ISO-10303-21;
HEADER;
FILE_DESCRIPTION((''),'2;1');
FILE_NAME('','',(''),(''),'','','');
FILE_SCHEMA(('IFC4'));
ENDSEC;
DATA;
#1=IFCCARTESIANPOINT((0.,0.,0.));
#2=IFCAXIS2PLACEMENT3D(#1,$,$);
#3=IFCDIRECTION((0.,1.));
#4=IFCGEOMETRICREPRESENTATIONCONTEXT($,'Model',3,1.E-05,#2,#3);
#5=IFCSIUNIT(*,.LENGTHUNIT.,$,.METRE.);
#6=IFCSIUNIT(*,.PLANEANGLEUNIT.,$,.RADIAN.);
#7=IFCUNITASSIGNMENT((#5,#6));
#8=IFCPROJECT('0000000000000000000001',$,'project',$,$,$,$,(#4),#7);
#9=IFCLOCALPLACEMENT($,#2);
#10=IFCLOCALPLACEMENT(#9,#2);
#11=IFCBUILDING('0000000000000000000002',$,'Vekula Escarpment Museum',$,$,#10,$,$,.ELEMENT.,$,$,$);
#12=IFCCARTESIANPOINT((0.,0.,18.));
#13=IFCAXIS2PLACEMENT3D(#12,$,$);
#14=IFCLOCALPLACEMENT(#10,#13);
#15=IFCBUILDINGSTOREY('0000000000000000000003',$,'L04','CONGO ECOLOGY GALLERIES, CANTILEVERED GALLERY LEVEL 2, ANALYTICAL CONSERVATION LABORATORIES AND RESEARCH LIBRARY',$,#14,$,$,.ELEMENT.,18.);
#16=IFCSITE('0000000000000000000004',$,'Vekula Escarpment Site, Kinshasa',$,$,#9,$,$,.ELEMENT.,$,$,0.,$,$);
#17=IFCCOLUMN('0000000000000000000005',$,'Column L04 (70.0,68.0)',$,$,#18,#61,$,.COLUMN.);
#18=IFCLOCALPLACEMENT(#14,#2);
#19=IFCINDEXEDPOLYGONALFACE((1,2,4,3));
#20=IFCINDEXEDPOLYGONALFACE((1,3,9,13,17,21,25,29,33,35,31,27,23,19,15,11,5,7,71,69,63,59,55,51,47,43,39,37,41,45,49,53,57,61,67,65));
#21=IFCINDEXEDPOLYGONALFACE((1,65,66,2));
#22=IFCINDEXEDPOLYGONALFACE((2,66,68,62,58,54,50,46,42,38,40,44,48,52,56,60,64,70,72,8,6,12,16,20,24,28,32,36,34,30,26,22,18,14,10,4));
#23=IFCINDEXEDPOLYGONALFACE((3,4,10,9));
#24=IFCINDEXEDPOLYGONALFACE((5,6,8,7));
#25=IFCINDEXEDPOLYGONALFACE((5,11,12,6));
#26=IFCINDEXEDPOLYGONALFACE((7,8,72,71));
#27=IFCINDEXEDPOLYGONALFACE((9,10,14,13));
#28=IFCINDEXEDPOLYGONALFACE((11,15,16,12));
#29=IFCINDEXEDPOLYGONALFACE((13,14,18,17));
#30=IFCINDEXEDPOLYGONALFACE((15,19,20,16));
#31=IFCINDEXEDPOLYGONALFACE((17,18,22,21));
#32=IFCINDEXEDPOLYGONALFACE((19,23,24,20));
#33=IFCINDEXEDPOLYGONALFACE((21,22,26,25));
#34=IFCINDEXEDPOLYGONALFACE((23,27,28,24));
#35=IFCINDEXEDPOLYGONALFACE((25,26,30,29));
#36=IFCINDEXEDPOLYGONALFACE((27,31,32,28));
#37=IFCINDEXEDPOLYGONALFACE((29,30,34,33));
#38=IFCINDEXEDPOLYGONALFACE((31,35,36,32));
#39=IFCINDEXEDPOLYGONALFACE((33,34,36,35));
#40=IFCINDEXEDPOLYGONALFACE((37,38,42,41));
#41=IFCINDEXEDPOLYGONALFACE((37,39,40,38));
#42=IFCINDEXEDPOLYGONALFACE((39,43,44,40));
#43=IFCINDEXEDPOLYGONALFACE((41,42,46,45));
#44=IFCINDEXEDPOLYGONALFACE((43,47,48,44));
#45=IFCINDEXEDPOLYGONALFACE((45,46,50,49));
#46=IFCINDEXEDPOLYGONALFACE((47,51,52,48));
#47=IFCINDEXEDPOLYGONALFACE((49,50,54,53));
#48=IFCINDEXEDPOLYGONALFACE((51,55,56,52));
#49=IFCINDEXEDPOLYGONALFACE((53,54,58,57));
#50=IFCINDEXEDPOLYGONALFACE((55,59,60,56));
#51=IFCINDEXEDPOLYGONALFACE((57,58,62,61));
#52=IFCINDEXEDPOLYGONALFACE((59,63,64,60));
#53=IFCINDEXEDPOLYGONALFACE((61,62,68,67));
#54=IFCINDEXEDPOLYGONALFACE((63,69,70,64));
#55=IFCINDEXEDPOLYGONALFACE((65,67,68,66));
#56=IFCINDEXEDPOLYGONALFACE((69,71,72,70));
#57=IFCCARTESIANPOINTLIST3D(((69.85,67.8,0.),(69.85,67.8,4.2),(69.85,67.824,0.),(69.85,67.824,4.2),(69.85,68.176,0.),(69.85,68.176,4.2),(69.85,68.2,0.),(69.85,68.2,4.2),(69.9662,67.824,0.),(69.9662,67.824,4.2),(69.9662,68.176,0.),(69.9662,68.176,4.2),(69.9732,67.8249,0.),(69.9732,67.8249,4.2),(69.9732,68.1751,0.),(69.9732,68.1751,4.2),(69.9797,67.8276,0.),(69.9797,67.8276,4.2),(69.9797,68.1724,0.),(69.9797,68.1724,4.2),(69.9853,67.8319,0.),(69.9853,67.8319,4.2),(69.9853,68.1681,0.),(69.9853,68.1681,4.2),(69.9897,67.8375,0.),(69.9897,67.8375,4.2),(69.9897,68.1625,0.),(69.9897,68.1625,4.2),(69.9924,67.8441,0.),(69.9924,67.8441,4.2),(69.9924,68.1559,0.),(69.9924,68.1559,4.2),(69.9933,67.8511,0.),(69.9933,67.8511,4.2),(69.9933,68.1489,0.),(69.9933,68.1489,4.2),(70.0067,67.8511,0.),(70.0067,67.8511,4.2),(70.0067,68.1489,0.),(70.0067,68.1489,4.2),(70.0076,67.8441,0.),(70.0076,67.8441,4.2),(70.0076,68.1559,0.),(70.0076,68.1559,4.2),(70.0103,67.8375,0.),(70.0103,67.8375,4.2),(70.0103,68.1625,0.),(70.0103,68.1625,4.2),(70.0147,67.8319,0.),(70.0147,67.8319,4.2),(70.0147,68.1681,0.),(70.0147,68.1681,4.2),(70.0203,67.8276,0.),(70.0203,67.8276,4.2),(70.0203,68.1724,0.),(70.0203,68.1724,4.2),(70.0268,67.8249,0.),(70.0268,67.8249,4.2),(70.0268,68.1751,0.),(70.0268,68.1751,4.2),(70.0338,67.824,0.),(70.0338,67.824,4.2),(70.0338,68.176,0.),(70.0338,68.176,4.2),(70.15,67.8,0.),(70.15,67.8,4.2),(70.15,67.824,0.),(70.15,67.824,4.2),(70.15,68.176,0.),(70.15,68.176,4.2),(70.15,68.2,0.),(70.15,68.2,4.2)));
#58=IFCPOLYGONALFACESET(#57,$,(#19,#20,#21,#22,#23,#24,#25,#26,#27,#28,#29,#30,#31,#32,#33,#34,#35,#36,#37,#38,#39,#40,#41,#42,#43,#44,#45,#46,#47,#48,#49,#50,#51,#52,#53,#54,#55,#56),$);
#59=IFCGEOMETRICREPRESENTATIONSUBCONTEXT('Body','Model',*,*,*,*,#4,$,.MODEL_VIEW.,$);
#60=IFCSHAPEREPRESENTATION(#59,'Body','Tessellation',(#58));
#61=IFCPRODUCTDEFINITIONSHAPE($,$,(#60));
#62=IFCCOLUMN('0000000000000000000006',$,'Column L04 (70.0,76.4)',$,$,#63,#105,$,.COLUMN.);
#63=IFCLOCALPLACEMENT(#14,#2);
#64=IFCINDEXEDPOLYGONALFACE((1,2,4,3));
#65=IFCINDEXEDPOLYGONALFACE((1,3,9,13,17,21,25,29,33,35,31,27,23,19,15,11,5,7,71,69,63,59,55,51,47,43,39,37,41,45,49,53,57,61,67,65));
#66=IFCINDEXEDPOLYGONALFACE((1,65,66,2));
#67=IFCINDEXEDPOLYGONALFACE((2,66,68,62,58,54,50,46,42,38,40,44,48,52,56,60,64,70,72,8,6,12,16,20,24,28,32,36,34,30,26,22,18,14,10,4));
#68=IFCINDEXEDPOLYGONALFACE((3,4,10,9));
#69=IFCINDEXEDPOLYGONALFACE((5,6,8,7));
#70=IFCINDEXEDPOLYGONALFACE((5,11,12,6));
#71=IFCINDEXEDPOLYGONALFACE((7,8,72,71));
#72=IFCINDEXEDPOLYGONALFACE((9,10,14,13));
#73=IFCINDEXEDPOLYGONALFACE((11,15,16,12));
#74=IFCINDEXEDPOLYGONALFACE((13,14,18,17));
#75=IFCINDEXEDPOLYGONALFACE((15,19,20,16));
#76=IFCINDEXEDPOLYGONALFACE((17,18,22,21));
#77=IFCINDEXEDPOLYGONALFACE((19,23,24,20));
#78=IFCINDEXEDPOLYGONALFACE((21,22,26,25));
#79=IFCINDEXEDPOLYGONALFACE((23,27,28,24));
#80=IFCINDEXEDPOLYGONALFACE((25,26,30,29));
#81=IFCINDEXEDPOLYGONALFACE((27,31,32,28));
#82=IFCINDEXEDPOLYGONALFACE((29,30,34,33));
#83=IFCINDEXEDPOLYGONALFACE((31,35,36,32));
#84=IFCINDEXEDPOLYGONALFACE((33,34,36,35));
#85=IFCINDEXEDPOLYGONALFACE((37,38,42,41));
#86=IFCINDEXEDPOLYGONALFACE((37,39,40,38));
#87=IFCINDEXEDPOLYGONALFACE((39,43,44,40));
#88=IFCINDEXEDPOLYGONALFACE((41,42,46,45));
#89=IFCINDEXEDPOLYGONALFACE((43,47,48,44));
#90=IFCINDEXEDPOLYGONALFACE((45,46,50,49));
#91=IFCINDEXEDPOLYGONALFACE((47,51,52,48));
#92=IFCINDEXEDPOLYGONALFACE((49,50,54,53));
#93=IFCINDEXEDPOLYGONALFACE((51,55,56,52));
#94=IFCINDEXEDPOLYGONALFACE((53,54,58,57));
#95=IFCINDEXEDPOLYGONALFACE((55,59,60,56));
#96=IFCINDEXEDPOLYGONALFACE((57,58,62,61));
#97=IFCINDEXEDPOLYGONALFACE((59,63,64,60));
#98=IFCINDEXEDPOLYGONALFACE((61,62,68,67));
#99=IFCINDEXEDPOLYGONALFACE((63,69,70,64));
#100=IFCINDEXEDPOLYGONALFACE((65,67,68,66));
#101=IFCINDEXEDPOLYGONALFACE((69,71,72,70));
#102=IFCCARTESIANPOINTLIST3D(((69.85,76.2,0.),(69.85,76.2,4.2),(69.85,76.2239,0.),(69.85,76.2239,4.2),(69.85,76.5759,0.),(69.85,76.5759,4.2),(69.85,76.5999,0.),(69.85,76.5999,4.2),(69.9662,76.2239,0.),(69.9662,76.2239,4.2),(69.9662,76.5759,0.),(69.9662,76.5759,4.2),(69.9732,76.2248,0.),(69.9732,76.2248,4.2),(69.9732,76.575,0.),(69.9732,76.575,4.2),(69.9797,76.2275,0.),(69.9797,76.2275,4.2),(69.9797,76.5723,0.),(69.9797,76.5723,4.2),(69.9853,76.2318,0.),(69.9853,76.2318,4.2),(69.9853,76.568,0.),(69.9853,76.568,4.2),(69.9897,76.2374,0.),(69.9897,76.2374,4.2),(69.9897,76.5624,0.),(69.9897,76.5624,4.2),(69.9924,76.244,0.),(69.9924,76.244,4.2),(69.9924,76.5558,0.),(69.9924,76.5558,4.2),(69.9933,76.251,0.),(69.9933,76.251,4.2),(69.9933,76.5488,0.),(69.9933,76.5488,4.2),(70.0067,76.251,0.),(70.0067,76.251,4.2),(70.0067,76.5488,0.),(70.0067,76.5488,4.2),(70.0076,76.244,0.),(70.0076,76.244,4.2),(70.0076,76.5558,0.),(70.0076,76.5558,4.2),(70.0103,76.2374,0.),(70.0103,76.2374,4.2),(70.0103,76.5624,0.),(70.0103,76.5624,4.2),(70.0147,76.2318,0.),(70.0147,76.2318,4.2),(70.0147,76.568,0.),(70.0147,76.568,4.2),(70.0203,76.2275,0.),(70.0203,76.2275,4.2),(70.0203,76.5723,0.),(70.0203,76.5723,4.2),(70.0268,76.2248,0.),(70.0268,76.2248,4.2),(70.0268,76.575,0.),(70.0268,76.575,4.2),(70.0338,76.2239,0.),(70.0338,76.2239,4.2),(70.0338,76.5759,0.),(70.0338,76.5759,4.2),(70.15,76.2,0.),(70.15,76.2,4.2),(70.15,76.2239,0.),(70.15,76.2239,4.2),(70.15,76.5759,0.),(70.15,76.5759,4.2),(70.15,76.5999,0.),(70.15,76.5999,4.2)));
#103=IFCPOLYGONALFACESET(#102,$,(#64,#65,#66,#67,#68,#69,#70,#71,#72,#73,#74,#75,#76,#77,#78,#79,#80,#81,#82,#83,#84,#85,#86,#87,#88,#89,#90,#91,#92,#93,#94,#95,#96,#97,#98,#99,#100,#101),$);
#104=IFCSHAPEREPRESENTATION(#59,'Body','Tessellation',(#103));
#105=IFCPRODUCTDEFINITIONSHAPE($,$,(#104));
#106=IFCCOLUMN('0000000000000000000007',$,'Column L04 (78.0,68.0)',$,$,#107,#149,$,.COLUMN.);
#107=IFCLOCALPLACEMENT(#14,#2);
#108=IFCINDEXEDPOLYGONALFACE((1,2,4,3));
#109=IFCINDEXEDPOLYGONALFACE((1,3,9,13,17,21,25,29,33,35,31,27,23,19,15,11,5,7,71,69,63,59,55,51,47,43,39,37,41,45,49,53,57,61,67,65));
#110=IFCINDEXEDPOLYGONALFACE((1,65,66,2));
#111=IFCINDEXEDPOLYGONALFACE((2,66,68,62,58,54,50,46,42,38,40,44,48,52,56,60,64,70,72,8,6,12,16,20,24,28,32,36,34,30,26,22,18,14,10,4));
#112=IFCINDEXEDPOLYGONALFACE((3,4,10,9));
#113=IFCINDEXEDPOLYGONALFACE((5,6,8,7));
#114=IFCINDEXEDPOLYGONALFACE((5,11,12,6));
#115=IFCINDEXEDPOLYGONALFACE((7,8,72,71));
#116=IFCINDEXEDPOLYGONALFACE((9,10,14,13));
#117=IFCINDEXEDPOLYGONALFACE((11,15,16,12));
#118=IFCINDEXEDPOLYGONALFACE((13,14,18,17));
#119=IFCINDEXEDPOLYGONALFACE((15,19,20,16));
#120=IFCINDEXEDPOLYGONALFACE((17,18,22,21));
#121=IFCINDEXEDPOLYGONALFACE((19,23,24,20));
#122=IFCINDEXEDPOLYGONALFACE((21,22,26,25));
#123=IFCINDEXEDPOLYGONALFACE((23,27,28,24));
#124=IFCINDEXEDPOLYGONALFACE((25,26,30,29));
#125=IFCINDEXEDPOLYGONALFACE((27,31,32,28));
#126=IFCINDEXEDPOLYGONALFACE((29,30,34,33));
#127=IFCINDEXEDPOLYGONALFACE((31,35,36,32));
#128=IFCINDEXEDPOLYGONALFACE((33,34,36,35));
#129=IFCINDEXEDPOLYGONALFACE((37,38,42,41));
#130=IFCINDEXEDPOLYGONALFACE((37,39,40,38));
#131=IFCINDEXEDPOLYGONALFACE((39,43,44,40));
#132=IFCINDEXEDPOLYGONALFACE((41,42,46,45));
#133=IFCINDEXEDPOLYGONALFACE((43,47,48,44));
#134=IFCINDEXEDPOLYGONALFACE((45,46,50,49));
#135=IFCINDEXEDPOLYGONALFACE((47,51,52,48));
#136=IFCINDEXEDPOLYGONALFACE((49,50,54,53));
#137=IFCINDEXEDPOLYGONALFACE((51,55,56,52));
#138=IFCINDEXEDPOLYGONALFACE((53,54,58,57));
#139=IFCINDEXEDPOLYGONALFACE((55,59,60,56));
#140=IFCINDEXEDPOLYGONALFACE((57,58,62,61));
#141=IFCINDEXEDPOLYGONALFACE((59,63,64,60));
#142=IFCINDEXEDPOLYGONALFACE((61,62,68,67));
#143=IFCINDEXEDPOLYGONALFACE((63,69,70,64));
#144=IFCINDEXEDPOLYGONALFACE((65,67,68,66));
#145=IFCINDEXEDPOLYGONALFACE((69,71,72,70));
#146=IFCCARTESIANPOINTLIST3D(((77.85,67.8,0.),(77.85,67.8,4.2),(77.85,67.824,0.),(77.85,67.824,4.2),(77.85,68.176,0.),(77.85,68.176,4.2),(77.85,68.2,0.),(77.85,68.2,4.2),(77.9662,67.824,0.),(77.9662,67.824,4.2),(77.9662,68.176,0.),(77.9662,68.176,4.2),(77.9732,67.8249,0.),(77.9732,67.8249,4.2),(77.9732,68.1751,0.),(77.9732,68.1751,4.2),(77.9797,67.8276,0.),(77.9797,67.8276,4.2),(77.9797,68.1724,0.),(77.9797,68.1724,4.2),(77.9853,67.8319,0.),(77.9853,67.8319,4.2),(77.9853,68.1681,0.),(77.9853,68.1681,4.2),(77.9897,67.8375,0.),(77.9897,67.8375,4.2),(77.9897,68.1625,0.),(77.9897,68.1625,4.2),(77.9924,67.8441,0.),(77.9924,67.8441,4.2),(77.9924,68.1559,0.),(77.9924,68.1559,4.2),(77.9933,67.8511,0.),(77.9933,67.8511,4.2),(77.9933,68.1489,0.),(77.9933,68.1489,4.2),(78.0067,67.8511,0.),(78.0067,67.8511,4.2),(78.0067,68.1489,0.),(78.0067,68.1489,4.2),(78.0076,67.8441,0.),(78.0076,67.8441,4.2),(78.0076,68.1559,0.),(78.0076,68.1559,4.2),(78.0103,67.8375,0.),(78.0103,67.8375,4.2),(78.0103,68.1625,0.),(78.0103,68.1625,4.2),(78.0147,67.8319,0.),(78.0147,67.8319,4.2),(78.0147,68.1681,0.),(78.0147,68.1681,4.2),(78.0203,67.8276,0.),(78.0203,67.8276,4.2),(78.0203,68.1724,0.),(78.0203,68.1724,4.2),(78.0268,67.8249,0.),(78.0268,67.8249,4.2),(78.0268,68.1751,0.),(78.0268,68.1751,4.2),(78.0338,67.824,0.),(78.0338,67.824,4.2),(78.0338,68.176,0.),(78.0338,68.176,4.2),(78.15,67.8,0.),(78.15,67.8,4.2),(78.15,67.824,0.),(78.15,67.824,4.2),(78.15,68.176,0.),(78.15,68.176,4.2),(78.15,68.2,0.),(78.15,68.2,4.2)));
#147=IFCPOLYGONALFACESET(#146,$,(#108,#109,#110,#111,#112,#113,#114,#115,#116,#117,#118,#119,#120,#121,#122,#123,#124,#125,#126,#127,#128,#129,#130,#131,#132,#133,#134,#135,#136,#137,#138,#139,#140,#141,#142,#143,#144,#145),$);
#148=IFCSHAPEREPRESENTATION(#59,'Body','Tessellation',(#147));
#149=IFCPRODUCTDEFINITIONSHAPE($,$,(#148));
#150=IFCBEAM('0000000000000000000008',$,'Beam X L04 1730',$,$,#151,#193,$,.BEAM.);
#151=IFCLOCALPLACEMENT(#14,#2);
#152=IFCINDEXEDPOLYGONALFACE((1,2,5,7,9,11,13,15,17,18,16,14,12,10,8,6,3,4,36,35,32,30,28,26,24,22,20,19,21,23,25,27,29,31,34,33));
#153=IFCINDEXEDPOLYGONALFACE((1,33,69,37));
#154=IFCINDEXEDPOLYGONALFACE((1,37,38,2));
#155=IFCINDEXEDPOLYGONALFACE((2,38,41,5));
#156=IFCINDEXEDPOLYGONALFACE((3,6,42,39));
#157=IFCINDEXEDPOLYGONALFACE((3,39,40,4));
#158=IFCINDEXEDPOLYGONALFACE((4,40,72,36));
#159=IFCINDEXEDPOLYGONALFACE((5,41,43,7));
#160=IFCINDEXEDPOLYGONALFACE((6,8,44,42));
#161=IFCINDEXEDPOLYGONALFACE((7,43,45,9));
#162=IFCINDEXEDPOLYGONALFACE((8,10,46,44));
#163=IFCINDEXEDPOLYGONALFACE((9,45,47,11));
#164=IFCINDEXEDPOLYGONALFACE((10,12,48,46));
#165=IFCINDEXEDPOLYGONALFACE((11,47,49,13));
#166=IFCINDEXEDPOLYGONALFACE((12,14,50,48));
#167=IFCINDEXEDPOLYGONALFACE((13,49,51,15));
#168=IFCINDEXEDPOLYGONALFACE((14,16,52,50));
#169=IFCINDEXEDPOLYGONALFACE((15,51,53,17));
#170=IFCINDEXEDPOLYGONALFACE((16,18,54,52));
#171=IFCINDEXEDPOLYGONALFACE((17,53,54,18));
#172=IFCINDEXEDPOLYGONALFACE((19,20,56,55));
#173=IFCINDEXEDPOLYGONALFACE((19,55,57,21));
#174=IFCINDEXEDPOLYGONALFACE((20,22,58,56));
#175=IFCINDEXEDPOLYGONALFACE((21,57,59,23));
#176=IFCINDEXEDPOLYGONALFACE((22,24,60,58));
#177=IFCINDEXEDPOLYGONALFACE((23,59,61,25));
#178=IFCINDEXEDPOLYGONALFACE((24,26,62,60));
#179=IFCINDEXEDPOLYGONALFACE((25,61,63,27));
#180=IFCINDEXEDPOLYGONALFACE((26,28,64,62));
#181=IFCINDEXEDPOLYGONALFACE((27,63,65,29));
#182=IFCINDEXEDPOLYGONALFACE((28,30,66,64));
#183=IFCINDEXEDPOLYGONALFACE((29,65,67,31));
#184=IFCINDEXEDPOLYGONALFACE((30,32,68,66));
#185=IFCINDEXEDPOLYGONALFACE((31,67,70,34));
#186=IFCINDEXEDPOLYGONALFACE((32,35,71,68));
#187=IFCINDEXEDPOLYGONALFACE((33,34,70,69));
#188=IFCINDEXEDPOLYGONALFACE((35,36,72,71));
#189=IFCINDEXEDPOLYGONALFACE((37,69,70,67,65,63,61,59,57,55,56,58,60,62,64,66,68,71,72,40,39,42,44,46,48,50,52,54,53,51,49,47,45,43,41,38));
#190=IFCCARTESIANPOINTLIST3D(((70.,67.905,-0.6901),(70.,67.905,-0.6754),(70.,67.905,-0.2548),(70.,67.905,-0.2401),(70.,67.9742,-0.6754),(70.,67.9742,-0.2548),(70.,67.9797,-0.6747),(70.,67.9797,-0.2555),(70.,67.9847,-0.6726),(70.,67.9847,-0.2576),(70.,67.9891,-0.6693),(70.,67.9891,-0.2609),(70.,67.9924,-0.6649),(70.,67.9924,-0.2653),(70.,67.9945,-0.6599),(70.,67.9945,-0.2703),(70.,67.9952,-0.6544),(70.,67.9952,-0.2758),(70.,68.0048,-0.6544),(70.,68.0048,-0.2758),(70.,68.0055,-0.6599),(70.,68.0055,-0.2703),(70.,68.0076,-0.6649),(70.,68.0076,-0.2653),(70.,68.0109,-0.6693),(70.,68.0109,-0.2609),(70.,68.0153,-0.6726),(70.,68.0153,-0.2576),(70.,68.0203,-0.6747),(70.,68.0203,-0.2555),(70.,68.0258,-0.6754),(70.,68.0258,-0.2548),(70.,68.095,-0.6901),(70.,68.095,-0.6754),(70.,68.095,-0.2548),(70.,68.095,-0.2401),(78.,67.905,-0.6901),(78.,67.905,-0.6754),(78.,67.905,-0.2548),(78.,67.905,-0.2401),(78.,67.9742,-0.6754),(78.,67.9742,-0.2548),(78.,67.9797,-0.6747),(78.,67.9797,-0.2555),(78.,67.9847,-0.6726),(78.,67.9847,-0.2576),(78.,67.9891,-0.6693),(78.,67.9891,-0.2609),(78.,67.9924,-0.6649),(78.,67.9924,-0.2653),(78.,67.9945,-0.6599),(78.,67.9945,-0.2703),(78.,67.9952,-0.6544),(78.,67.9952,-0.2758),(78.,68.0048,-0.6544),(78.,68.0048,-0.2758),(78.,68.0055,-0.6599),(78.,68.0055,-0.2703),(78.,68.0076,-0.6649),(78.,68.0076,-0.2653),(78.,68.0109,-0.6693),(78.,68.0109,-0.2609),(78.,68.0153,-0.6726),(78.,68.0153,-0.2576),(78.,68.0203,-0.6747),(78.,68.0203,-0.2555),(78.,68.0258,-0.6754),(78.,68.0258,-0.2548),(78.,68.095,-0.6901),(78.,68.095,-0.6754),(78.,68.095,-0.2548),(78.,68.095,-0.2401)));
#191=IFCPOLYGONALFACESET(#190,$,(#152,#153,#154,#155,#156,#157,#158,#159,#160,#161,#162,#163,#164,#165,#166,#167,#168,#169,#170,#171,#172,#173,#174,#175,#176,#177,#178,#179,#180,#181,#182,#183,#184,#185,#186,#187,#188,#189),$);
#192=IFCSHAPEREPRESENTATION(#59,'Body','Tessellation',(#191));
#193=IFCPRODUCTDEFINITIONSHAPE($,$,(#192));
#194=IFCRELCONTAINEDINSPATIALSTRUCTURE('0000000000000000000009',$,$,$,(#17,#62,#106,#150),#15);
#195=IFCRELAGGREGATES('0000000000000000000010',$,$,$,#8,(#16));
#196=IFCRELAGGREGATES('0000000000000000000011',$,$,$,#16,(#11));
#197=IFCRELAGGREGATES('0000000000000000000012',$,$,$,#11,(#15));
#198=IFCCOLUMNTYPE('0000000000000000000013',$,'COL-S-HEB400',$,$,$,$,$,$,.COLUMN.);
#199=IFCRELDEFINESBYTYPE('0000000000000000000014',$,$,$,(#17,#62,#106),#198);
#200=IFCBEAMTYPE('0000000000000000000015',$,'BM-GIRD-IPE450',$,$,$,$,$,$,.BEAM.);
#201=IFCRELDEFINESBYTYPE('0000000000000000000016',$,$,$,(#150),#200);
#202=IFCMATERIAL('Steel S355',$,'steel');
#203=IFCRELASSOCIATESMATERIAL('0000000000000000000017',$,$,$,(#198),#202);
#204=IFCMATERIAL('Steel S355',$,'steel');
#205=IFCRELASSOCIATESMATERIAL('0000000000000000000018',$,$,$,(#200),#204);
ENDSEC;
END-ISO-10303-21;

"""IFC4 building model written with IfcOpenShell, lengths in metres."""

from ifc_helpers import new_model, si_unit, direction, frame, origin, origin_2d, place, context, subcontext, project, spatial, i_section, extrude, material, material_profile, profile_set, type_object, element, save


model = new_model("IFC4")

# Units and contexts
model_context = context("Model", 3, precision=1e-05, world=origin(), true_north=direction((0.0, 1.0)))
body_context = subcontext(model_context, "Body", "Model", "MODEL_VIEW")
ifc_project = project(units=[si_unit("LENGTHUNIT", "METRE"), si_unit("PLANEANGLEUNIT", "RADIAN")], contexts=[model_context])

# Site, building, storey
site_placement = place(None, origin())
site = spatial("IfcSite", under=ifc_project, at=site_placement, Name="Vekula Escarpment Site, Kinshasa", CompositionType="ELEMENT", RefElevation=0.0)
building_placement = place(site_placement, origin())
building = spatial("IfcBuilding", under=site, at=building_placement, Name="Vekula Escarpment Museum", CompositionType="ELEMENT")
storey_placement = place(building_placement, frame((0.0, 0.0, 18.0)))
storey = spatial("IfcBuildingStorey", under=building, at=storey_placement, Name="L04", Description="CONGO ECOLOGY GALLERIES, CANTILEVERED GALLERY LEVEL 2, ANALYTICAL CONSERVATION LABORATORIES AND RESEARCH LIBRARY", CompositionType="ELEMENT", Elevation=18.0)

# Columns
ifc_material_1 = material(Name="Steel S355", Category="steel")
ifc_material_profile_1 = material_profile(ifc_material_1, i_section(OverallWidth=0.3, OverallDepth=0.3999, WebThickness=0.0134, FlangeThickness=0.0239, FilletRadius=0.0271, at=origin_2d()), Name="HEB 400")
ifc_profile_set_1 = profile_set([ifc_material_profile_1], Name="Steel S355")
column_type = type_object("IfcColumnType", Name="COL-S-HEB400", PredefinedType="COLUMN", material=ifc_profile_set_1)
for number, where, z_axis, x_axis, name in (
    (1, (70.0, 68.0, 0.0), (0.0, 0.0, 1.0), (1.0, 0.0, 0.0), "Column L04 (70.0,68.0)"),
    (2, (70.0, 76.3999, 0.0), (0.0, 0.0, 1.0), (1.0, 0.0, 0.0), "Column L04 (70.0,76.4)"),
    (3, (78.0, 68.0, 0.0), (0.0, 0.0, 1.0), (1.0, 0.0, 0.0), "Column L04 (78.0,68.0)"),
):
    element("IfcColumn", number, at=place(storey_placement, frame(where, z_axis=z_axis, x_axis=x_axis)), inside=storey, type_object=column_type, Name=name, PredefinedType="COLUMN", context=body_context, shape_type="SweptSolid", body=[
        extrude(i_section(OverallWidth=0.3, OverallDepth=0.3999, WebThickness=0.0134, FlangeThickness=0.0239, FilletRadius=0.0271, at=origin_2d()), origin(), (0.0, 0.0, 1.0), 4.2),
    ])

# Beam
ifc_material_2 = material(Name="Steel S355", Category="steel")
ifc_material_profile_2 = material_profile(ifc_material_2, i_section(OverallWidth=0.1899, OverallDepth=0.45, WebThickness=0.0095, FlangeThickness=0.0146, FilletRadius=0.021, at=origin_2d()), Name="IPE 450")
ifc_profile_set_2 = profile_set([ifc_material_profile_2], Name="Steel S355")
beam_type_1 = type_object("IfcBeamType", Name="BM-GIRD-IPE450", PredefinedType="BEAM", material=ifc_profile_set_2)
beam_1_placement = place(storey_placement, frame((70.0, 68.0, -0.4651), z_axis=(1.0, 0.0, 0.0), x_axis=(0.0, 1.0, 0.0)))
element("IfcBeam", 4, at=beam_1_placement, inside=storey, type_object=beam_type_1, Name="Beam X L04 1730", PredefinedType="BEAM", context=body_context, shape_type="SweptSolid", body=[
    extrude(i_section(OverallWidth=0.1899, OverallDepth=0.45, WebThickness=0.0095, FlangeThickness=0.0146, FilletRadius=0.021, at=origin_2d()), origin(), (0.0, 0.0, 1.0), 8.0),
])

save(model, "model.ifc")
